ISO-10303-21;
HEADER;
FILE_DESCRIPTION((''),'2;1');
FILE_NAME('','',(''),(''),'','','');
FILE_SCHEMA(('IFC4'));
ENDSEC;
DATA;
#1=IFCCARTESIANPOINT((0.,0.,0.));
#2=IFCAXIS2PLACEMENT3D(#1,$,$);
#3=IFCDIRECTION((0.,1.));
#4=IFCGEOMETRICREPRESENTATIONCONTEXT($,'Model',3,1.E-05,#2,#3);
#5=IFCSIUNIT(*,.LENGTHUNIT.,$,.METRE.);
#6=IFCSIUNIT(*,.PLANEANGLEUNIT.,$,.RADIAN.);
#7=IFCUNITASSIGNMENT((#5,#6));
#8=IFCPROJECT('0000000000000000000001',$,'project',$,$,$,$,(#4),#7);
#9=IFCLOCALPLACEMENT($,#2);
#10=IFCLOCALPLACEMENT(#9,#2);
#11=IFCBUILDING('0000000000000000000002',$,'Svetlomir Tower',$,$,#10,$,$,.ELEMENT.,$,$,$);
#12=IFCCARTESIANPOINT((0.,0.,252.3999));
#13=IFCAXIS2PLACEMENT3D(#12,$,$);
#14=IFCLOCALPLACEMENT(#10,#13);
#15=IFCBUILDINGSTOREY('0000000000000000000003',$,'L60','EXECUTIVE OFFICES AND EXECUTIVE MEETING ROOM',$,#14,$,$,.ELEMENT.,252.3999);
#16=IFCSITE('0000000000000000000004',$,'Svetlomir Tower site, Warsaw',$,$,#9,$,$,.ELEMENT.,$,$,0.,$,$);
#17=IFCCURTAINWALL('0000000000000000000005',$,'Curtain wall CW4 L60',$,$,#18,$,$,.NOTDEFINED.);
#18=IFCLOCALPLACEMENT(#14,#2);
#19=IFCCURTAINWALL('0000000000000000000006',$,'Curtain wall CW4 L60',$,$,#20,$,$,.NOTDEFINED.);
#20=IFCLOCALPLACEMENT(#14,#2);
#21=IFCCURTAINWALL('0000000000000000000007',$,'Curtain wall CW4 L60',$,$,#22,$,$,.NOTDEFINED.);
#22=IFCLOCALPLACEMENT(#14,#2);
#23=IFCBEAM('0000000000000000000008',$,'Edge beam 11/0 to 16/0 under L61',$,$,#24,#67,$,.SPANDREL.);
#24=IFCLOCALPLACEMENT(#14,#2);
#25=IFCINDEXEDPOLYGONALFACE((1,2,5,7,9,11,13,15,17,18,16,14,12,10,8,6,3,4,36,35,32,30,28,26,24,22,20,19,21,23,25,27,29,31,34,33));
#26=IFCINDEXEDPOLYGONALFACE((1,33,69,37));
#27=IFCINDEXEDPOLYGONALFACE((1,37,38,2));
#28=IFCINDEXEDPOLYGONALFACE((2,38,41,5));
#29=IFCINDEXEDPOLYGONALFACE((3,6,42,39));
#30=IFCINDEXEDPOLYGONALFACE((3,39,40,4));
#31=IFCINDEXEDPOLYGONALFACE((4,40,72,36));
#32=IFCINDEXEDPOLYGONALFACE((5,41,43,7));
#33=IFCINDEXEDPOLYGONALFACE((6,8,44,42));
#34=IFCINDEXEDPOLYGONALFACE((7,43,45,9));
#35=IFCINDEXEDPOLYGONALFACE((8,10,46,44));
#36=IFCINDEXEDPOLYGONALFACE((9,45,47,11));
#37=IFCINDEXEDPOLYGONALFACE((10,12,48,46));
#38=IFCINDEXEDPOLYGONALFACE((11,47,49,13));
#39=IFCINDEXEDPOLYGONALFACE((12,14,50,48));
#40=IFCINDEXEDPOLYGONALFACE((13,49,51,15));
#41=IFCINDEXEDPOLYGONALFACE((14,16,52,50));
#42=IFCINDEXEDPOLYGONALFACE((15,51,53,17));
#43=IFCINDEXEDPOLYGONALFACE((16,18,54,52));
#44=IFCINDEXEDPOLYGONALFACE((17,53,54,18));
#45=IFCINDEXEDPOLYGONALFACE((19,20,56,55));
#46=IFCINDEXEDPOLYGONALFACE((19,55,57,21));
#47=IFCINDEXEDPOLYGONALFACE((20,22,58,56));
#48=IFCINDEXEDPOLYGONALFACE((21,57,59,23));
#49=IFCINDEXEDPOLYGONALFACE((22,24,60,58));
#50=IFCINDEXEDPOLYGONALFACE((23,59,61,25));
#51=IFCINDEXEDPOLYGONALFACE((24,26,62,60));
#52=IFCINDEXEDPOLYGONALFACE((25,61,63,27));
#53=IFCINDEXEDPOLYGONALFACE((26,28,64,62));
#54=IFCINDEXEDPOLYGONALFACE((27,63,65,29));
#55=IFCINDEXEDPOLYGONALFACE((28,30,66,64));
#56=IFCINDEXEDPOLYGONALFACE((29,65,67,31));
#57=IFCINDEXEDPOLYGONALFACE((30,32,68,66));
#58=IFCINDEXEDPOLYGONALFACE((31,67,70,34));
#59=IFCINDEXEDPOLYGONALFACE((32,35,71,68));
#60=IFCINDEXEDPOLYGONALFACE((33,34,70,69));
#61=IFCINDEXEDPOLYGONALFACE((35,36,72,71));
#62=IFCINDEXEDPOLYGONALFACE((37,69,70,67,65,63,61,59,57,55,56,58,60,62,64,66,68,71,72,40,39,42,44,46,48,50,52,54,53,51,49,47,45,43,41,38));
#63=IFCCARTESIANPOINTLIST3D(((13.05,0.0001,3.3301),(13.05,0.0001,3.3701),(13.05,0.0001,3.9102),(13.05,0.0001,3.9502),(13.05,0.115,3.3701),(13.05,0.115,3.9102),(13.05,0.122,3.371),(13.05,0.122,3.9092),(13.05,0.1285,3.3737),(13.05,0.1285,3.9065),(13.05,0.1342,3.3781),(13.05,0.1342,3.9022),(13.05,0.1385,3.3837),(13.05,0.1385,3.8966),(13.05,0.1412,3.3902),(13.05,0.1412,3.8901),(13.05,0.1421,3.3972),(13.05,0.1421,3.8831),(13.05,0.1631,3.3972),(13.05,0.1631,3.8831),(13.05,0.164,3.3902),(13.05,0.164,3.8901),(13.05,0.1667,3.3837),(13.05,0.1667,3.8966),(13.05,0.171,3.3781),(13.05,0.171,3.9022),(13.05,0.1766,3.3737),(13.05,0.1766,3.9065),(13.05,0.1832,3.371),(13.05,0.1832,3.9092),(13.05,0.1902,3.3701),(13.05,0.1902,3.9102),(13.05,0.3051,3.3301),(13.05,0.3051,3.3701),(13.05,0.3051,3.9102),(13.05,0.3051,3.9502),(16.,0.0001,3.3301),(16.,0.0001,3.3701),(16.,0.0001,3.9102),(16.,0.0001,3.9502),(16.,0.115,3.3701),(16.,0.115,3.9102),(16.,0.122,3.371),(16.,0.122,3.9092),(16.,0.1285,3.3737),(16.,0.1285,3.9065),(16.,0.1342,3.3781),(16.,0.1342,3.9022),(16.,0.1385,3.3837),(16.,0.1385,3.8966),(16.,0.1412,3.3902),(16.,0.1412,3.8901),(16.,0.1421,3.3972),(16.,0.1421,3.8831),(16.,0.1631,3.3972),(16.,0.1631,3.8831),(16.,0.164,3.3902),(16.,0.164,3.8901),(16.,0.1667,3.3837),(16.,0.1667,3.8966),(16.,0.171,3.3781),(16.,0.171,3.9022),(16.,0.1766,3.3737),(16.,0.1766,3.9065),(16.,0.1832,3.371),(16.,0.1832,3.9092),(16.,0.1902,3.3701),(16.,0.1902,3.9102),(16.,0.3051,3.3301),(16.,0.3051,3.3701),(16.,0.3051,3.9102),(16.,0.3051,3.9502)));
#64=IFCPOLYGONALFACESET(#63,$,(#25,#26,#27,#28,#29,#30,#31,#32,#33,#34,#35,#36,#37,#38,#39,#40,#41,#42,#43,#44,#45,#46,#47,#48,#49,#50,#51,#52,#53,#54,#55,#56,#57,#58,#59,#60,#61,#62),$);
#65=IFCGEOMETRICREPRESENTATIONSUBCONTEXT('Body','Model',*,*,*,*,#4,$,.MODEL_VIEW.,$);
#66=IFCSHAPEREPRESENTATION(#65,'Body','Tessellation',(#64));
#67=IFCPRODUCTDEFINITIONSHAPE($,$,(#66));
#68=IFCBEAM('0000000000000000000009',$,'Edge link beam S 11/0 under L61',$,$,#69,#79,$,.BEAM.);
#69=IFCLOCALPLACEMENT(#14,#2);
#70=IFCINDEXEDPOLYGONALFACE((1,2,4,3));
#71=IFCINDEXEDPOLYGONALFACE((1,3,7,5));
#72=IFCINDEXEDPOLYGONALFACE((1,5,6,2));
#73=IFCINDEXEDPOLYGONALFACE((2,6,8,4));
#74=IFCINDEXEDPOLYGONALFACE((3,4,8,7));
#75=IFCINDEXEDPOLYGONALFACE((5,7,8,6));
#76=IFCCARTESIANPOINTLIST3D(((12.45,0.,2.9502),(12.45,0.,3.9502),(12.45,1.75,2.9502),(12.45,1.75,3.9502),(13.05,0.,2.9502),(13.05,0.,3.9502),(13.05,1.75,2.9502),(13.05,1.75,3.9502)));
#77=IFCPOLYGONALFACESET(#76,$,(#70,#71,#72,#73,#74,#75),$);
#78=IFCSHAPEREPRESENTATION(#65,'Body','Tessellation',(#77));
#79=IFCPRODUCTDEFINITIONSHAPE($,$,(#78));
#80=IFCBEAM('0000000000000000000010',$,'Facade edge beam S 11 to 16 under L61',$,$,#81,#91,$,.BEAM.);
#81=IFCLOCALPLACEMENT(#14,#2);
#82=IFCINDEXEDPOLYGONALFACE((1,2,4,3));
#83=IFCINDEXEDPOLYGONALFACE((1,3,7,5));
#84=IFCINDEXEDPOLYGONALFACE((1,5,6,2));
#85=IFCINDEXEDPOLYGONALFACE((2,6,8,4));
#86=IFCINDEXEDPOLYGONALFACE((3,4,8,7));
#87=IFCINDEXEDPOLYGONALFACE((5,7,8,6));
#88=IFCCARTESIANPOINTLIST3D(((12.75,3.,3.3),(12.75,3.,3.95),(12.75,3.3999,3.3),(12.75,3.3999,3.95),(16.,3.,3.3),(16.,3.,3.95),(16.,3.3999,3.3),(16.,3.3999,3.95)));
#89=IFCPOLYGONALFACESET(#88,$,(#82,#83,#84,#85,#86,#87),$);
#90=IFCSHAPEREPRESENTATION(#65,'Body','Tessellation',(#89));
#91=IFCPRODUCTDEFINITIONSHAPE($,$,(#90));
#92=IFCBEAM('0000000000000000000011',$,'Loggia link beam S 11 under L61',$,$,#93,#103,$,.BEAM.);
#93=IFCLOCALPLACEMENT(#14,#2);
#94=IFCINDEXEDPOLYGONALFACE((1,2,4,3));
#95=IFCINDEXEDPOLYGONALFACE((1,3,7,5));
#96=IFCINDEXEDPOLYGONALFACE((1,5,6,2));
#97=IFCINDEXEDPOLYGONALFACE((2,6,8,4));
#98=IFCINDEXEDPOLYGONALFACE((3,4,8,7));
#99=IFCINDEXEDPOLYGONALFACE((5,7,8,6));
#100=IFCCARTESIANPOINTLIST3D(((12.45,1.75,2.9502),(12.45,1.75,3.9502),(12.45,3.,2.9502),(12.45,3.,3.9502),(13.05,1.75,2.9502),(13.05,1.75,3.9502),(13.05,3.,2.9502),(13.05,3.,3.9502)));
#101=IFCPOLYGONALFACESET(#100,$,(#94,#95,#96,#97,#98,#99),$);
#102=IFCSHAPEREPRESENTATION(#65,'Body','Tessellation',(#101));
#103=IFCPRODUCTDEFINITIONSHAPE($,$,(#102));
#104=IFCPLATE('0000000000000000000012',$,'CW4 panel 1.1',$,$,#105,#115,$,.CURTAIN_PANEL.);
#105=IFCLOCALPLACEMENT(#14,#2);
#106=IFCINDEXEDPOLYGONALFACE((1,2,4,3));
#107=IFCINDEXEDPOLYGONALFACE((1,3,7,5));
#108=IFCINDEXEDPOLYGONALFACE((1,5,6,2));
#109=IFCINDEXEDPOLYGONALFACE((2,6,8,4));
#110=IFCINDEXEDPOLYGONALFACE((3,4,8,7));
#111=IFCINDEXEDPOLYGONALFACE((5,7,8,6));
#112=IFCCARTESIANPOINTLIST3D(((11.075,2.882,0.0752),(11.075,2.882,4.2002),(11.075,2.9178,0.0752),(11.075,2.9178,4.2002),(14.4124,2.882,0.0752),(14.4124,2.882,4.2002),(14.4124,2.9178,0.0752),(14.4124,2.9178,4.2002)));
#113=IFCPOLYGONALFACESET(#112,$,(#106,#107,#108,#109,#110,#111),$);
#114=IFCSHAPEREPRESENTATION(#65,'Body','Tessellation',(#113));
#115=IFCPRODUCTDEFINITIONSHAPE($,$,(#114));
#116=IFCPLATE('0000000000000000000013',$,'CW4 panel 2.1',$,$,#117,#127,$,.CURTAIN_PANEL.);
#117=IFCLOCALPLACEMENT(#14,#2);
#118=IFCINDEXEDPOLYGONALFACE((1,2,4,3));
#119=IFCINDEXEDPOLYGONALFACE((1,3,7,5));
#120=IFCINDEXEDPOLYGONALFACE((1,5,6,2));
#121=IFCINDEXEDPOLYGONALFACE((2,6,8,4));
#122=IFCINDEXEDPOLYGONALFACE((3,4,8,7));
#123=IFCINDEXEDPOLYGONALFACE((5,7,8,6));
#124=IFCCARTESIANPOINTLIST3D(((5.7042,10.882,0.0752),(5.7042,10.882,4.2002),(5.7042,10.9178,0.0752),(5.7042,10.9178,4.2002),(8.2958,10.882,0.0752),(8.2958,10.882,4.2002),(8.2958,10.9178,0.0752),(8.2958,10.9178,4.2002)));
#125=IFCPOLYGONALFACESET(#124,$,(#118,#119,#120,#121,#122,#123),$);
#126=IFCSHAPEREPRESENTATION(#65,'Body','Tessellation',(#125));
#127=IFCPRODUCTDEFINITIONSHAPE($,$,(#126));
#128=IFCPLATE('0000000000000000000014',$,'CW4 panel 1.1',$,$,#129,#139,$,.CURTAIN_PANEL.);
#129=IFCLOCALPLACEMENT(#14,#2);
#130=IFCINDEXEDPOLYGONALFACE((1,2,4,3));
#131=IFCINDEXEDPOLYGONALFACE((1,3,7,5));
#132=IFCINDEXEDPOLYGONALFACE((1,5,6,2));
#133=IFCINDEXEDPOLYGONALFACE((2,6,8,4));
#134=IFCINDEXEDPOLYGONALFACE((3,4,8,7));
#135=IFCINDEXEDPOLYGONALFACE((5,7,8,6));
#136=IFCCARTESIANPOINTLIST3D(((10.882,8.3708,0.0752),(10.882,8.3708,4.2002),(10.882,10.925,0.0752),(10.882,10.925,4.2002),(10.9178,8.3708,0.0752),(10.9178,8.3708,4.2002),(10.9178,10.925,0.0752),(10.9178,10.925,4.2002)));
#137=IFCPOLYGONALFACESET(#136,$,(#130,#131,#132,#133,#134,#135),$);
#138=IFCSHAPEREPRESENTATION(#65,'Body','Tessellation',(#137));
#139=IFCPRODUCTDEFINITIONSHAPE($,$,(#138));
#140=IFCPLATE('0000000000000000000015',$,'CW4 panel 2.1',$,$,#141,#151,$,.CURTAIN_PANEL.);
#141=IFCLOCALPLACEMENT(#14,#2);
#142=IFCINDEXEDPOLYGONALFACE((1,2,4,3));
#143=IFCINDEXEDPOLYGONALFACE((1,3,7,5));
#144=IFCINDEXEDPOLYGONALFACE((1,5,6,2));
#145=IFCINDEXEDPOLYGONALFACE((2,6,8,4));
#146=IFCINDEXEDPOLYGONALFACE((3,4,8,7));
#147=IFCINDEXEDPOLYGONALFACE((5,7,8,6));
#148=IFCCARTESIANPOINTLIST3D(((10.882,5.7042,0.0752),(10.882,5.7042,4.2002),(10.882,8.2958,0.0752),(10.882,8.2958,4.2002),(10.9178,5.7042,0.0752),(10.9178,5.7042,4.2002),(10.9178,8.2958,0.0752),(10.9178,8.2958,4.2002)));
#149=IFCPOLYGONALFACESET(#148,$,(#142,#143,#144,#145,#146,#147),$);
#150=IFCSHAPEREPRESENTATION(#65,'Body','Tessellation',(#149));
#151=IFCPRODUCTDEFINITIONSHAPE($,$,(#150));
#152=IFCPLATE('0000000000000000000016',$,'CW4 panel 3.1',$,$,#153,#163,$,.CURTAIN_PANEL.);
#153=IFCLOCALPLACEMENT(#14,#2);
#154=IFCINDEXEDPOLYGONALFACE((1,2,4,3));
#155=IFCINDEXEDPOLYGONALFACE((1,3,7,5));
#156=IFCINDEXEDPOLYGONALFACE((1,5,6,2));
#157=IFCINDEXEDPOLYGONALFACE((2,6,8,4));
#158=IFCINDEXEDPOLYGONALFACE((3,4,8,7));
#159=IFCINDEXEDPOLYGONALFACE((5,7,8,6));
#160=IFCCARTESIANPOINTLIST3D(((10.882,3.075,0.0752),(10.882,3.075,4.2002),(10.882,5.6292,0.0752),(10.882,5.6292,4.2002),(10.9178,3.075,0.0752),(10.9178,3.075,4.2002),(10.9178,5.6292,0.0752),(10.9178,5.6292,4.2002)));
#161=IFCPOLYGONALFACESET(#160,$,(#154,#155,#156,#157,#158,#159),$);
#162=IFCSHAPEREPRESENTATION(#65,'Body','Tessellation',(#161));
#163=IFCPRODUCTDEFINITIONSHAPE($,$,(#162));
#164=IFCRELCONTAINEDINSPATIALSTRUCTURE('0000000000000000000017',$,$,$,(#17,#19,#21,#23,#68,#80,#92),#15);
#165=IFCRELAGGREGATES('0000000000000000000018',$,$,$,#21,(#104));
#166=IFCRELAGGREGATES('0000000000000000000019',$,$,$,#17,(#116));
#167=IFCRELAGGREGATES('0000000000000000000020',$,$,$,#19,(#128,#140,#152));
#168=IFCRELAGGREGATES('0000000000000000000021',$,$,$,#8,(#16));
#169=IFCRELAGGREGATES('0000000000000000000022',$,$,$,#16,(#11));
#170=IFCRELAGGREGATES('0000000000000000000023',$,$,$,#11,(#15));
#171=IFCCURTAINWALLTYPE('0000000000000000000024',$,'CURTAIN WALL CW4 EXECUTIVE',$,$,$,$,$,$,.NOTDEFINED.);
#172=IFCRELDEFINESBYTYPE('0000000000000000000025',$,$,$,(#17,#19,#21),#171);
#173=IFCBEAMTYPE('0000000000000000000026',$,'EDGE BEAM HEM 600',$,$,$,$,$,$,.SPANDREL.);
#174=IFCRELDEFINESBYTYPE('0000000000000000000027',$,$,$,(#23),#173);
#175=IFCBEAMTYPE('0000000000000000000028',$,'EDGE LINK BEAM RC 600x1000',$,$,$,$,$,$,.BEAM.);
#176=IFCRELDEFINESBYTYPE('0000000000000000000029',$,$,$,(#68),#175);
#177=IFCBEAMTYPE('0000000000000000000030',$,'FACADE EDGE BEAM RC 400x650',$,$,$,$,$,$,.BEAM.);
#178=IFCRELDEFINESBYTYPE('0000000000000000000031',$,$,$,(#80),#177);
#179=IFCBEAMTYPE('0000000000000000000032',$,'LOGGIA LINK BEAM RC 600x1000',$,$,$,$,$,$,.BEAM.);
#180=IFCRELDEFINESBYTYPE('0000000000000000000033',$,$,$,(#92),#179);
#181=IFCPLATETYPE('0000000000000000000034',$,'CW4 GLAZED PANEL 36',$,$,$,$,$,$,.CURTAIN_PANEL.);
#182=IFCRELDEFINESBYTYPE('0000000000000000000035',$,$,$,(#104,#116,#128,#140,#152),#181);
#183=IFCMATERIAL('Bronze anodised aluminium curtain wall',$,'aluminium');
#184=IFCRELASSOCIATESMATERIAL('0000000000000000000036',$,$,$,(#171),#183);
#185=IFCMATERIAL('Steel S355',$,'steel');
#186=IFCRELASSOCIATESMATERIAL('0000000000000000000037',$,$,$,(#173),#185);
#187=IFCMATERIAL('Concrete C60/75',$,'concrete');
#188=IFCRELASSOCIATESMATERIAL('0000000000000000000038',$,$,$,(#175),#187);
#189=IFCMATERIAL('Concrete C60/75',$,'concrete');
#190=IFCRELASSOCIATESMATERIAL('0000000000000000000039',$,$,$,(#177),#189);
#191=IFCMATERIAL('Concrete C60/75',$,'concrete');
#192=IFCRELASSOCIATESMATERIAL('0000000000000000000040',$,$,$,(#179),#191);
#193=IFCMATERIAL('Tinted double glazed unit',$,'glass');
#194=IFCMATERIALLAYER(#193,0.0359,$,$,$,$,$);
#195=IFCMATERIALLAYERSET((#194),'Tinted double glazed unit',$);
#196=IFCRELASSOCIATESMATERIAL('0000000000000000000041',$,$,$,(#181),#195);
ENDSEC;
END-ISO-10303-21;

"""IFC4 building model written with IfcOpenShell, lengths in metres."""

from ifc_helpers import new_model, si_unit, direction, frame, origin, origin_2d, place, context, subcontext, project, spatial, rectangle, i_section, extrude, material, layer, layer_set, material_profile, profile_set, type_object, element, aggregate, save


model = new_model("IFC4")

# Units and contexts
model_context = context("Model", 3, precision=1e-05, world=origin(), true_north=direction((0.0, 1.0)))
body_context = subcontext(model_context, "Body", "Model", "MODEL_VIEW")
ifc_project = project(units=[si_unit("LENGTHUNIT", "METRE"), si_unit("PLANEANGLEUNIT", "RADIAN")], contexts=[model_context])

# Site, building, storey
site_placement = place(None, origin())
site = spatial("IfcSite", under=ifc_project, at=site_placement, Name="Svetlomir Tower site, Warsaw", CompositionType="ELEMENT", RefElevation=0.0)
building_placement = place(site_placement, origin())
building = spatial("IfcBuilding", under=site, at=building_placement, Name="Svetlomir Tower", CompositionType="ELEMENT")
storey_placement = place(building_placement, frame((0.0, 0.0, 252.3999)))
storey = spatial("IfcBuildingStorey", under=building, at=storey_placement, Name="L60", Description="EXECUTIVE OFFICES AND EXECUTIVE MEETING ROOM", CompositionType="ELEMENT", Elevation=252.3999)

# Curtain walls
ifc_material_1 = material(Name="Bronze anodised aluminium curtain wall", Category="aluminium")
curtain_wall_type = type_object("IfcCurtainWallType", Name="CURTAIN WALL CW4 EXECUTIVE", PredefinedType="NOTDEFINED", material=ifc_material_1)
curtain_wall_1_placement = place(storey_placement, origin())
curtain_wall_1 = element("IfcCurtainWall", 1, at=curtain_wall_1_placement, inside=storey, type_object=curtain_wall_type, Name="Curtain wall CW4 L60", PredefinedType="NOTDEFINED")
curtain_wall_2_placement = place(storey_placement, origin())
curtain_wall_2 = element("IfcCurtainWall", 2, at=curtain_wall_2_placement, inside=storey, type_object=curtain_wall_type, Name="Curtain wall CW4 L60", PredefinedType="NOTDEFINED")

# Curtain wall
curtain_wall_3_placement = place(storey_placement, origin())
curtain_wall_3 = element("IfcCurtainWall", 3, at=curtain_wall_3_placement, inside=storey, type_object=curtain_wall_type, Name="Curtain wall CW4 L60", PredefinedType="NOTDEFINED")

# Beams
ifc_material_2 = material(Name="Steel S355", Category="steel")
ifc_material_profile_1 = material_profile(ifc_material_2, i_section(OverallWidth=0.3049, OverallDepth=0.6201, WebThickness=0.021, FlangeThickness=0.04, FilletRadius=0.0271, at=origin_2d()), Name="HEM 600")
ifc_profile_set_1 = profile_set([ifc_material_profile_1], Name="Steel S355")
beam_type_1 = type_object("IfcBeamType", Name="EDGE BEAM HEM 600", PredefinedType="SPANDREL", material=ifc_profile_set_1)
beam_1_placement = place(storey_placement, frame((13.05, 0.1526, 3.6401), z_axis=(1.0, 0.0, 0.0), x_axis=(0.0, 1.0, 0.0)))
element("IfcBeam", 4, at=beam_1_placement, inside=storey, type_object=beam_type_1, Name="Edge beam 11/0 to 16/0 under L61", PredefinedType="SPANDREL", context=body_context, shape_type="SweptSolid", body=[
    extrude(i_section(OverallWidth=0.3049, OverallDepth=0.6201, WebThickness=0.021, FlangeThickness=0.04, FilletRadius=0.0271, at=origin_2d()), origin(), (0.0, 0.0, 1.0), 2.95),
])
ifc_material_3 = material(Name="Concrete C60/75", Category="concrete")
ifc_material_profile_2 = material_profile(ifc_material_3, rectangle(XDim=0.6001, YDim=1.0, at=origin_2d()), Name="RC 600x1000")
ifc_profile_set_2 = profile_set([ifc_material_profile_2], Name="Concrete C60/75")
beam_type_2 = type_object("IfcBeamType", Name="EDGE LINK BEAM RC 600x1000", PredefinedType="BEAM", material=ifc_profile_set_2)
beam_2_placement = place(storey_placement, frame((12.75, 1.75, 3.4502), z_axis=(0.0, -1.0, 0.0), x_axis=(1.0, 0.0, 0.0)))
element("IfcBeam", 5, at=beam_2_placement, inside=storey, type_object=beam_type_2, Name="Edge link beam S 11/0 under L61", PredefinedType="BEAM", context=body_context, shape_type="SweptSolid", body=[
    extrude(rectangle(XDim=0.6001, YDim=1.0, at=origin_2d()), origin(), (0.0, 0.0, 1.0), 1.75),
])
ifc_material_4 = material(Name="Concrete C60/75", Category="concrete")
ifc_material_profile_3 = material_profile(ifc_material_4, rectangle(XDim=0.3999, YDim=0.6499, at=origin_2d()), Name="RC 400x650")
ifc_profile_set_3 = profile_set([ifc_material_profile_3], Name="Concrete C60/75")
beam_type_3 = type_object("IfcBeamType", Name="FACADE EDGE BEAM RC 400x650", PredefinedType="BEAM", material=ifc_profile_set_3)
beam_3_placement = place(storey_placement, frame((12.75, 3.2, 3.625), z_axis=(1.0, 0.0, 0.0), x_axis=(0.0, 1.0, 0.0)))
element("IfcBeam", 6, at=beam_3_placement, inside=storey, type_object=beam_type_3, Name="Facade edge beam S 11 to 16 under L61", PredefinedType="BEAM", context=body_context, shape_type="SweptSolid", body=[
    extrude(rectangle(XDim=0.3999, YDim=0.6499, at=origin_2d()), origin(), (0.0, 0.0, 1.0), 3.25),
])
ifc_material_5 = material(Name="Concrete C60/75", Category="concrete")
ifc_material_profile_4 = material_profile(ifc_material_5, rectangle(XDim=0.6001, YDim=1.0, at=origin_2d()), Name="RC 600x1000")
ifc_profile_set_4 = profile_set([ifc_material_profile_4], Name="Concrete C60/75")
beam_type_4 = type_object("IfcBeamType", Name="LOGGIA LINK BEAM RC 600x1000", PredefinedType="BEAM", material=ifc_profile_set_4)
beam_4_placement = place(storey_placement, frame((12.75, 1.75, 3.4502), z_axis=(0.0, 1.0, 0.0), x_axis=(-1.0, 0.0, 0.0)))
element("IfcBeam", 7, at=beam_4_placement, inside=storey, type_object=beam_type_4, Name="Loggia link beam S 11 under L61", PredefinedType="BEAM", context=body_context, shape_type="SweptSolid", body=[
    extrude(rectangle(XDim=0.6001, YDim=1.0, at=origin_2d()), origin(), (0.0, 0.0, 1.0), 1.25),
])

# Plates
ifc_material_6 = material(Name="Tinted double glazed unit", Category="glass")
ifc_layer_1 = layer(ifc_material_6, 0.0359)
ifc_layer_set_1 = layer_set([ifc_layer_1], Name="Tinted double glazed unit")
plate_type = type_object("IfcPlateType", Name="CW4 GLAZED PANEL 36", PredefinedType="CURTAIN_PANEL", material=ifc_layer_set_1)
plate_1_placement = place(storey_placement, frame((12.7437, 2.8999, 0.0752), z_axis=(0.0, 0.0, 1.0), x_axis=(1.0, 0.0, 0.0)))
plate_1 = element("IfcPlate", 8, at=plate_1_placement, type_object=plate_type, Name="CW4 panel 1.1", PredefinedType="CURTAIN_PANEL", context=body_context, shape_type="SweptSolid", body=[
    extrude(rectangle(XDim=3.3374, YDim=0.0359, at=origin_2d()), origin(), (0.0, 0.0, 1.0), 4.125),
])
aggregate(curtain_wall_3, [plate_1])
plate_2_placement = place(storey_placement, frame((7.0, 10.8999, 0.0752), z_axis=(0.0, 0.0, 1.0), x_axis=(1.0, 0.0, 0.0)))
plate_2 = element("IfcPlate", 9, at=plate_2_placement, type_object=plate_type, Name="CW4 panel 2.1", PredefinedType="CURTAIN_PANEL", context=body_context, shape_type="SweptSolid", body=[
    extrude(rectangle(XDim=2.5916, YDim=0.0359, at=origin_2d()), origin(), (0.0, 0.0, 1.0), 4.125),
])
aggregate(curtain_wall_1, [plate_2])
plate_3_placement = place(storey_placement, frame((10.8999, 9.6479, 0.0752), z_axis=(0.0, 0.0, 1.0), x_axis=(0.0, -1.0, 0.0)))
plate_3 = element("IfcPlate", 10, at=plate_3_placement, type_object=plate_type, Name="CW4 panel 1.1", PredefinedType="CURTAIN_PANEL", context=body_context, shape_type="SweptSolid", body=[
    extrude(rectangle(XDim=2.5542, YDim=0.0359, at=origin_2d()), origin(), (0.0, 0.0, 1.0), 4.125),
])
plate_4_placement = place(storey_placement, frame((10.8999, 7.0, 0.0752), z_axis=(0.0, 0.0, 1.0), x_axis=(0.0, -1.0, 0.0)))
plate_4 = element("IfcPlate", 11, at=plate_4_placement, type_object=plate_type, Name="CW4 panel 2.1", PredefinedType="CURTAIN_PANEL", context=body_context, shape_type="SweptSolid", body=[
    extrude(rectangle(XDim=2.5916, YDim=0.0359, at=origin_2d()), origin(), (0.0, 0.0, 1.0), 4.125),
])
plate_5_placement = place(storey_placement, frame((10.8999, 4.3521, 0.0752), z_axis=(0.0, 0.0, 1.0), x_axis=(0.0, -1.0, 0.0)))
plate_5 = element("IfcPlate", 12, at=plate_5_placement, type_object=plate_type, Name="CW4 panel 3.1", PredefinedType="CURTAIN_PANEL", context=body_context, shape_type="SweptSolid", body=[
    extrude(rectangle(XDim=2.5542, YDim=0.0359, at=origin_2d()), origin(), (0.0, 0.0, 1.0), 4.125),
])
aggregate(curtain_wall_2, [plate_3, plate_4, plate_5])

save(model, "model.ifc")
